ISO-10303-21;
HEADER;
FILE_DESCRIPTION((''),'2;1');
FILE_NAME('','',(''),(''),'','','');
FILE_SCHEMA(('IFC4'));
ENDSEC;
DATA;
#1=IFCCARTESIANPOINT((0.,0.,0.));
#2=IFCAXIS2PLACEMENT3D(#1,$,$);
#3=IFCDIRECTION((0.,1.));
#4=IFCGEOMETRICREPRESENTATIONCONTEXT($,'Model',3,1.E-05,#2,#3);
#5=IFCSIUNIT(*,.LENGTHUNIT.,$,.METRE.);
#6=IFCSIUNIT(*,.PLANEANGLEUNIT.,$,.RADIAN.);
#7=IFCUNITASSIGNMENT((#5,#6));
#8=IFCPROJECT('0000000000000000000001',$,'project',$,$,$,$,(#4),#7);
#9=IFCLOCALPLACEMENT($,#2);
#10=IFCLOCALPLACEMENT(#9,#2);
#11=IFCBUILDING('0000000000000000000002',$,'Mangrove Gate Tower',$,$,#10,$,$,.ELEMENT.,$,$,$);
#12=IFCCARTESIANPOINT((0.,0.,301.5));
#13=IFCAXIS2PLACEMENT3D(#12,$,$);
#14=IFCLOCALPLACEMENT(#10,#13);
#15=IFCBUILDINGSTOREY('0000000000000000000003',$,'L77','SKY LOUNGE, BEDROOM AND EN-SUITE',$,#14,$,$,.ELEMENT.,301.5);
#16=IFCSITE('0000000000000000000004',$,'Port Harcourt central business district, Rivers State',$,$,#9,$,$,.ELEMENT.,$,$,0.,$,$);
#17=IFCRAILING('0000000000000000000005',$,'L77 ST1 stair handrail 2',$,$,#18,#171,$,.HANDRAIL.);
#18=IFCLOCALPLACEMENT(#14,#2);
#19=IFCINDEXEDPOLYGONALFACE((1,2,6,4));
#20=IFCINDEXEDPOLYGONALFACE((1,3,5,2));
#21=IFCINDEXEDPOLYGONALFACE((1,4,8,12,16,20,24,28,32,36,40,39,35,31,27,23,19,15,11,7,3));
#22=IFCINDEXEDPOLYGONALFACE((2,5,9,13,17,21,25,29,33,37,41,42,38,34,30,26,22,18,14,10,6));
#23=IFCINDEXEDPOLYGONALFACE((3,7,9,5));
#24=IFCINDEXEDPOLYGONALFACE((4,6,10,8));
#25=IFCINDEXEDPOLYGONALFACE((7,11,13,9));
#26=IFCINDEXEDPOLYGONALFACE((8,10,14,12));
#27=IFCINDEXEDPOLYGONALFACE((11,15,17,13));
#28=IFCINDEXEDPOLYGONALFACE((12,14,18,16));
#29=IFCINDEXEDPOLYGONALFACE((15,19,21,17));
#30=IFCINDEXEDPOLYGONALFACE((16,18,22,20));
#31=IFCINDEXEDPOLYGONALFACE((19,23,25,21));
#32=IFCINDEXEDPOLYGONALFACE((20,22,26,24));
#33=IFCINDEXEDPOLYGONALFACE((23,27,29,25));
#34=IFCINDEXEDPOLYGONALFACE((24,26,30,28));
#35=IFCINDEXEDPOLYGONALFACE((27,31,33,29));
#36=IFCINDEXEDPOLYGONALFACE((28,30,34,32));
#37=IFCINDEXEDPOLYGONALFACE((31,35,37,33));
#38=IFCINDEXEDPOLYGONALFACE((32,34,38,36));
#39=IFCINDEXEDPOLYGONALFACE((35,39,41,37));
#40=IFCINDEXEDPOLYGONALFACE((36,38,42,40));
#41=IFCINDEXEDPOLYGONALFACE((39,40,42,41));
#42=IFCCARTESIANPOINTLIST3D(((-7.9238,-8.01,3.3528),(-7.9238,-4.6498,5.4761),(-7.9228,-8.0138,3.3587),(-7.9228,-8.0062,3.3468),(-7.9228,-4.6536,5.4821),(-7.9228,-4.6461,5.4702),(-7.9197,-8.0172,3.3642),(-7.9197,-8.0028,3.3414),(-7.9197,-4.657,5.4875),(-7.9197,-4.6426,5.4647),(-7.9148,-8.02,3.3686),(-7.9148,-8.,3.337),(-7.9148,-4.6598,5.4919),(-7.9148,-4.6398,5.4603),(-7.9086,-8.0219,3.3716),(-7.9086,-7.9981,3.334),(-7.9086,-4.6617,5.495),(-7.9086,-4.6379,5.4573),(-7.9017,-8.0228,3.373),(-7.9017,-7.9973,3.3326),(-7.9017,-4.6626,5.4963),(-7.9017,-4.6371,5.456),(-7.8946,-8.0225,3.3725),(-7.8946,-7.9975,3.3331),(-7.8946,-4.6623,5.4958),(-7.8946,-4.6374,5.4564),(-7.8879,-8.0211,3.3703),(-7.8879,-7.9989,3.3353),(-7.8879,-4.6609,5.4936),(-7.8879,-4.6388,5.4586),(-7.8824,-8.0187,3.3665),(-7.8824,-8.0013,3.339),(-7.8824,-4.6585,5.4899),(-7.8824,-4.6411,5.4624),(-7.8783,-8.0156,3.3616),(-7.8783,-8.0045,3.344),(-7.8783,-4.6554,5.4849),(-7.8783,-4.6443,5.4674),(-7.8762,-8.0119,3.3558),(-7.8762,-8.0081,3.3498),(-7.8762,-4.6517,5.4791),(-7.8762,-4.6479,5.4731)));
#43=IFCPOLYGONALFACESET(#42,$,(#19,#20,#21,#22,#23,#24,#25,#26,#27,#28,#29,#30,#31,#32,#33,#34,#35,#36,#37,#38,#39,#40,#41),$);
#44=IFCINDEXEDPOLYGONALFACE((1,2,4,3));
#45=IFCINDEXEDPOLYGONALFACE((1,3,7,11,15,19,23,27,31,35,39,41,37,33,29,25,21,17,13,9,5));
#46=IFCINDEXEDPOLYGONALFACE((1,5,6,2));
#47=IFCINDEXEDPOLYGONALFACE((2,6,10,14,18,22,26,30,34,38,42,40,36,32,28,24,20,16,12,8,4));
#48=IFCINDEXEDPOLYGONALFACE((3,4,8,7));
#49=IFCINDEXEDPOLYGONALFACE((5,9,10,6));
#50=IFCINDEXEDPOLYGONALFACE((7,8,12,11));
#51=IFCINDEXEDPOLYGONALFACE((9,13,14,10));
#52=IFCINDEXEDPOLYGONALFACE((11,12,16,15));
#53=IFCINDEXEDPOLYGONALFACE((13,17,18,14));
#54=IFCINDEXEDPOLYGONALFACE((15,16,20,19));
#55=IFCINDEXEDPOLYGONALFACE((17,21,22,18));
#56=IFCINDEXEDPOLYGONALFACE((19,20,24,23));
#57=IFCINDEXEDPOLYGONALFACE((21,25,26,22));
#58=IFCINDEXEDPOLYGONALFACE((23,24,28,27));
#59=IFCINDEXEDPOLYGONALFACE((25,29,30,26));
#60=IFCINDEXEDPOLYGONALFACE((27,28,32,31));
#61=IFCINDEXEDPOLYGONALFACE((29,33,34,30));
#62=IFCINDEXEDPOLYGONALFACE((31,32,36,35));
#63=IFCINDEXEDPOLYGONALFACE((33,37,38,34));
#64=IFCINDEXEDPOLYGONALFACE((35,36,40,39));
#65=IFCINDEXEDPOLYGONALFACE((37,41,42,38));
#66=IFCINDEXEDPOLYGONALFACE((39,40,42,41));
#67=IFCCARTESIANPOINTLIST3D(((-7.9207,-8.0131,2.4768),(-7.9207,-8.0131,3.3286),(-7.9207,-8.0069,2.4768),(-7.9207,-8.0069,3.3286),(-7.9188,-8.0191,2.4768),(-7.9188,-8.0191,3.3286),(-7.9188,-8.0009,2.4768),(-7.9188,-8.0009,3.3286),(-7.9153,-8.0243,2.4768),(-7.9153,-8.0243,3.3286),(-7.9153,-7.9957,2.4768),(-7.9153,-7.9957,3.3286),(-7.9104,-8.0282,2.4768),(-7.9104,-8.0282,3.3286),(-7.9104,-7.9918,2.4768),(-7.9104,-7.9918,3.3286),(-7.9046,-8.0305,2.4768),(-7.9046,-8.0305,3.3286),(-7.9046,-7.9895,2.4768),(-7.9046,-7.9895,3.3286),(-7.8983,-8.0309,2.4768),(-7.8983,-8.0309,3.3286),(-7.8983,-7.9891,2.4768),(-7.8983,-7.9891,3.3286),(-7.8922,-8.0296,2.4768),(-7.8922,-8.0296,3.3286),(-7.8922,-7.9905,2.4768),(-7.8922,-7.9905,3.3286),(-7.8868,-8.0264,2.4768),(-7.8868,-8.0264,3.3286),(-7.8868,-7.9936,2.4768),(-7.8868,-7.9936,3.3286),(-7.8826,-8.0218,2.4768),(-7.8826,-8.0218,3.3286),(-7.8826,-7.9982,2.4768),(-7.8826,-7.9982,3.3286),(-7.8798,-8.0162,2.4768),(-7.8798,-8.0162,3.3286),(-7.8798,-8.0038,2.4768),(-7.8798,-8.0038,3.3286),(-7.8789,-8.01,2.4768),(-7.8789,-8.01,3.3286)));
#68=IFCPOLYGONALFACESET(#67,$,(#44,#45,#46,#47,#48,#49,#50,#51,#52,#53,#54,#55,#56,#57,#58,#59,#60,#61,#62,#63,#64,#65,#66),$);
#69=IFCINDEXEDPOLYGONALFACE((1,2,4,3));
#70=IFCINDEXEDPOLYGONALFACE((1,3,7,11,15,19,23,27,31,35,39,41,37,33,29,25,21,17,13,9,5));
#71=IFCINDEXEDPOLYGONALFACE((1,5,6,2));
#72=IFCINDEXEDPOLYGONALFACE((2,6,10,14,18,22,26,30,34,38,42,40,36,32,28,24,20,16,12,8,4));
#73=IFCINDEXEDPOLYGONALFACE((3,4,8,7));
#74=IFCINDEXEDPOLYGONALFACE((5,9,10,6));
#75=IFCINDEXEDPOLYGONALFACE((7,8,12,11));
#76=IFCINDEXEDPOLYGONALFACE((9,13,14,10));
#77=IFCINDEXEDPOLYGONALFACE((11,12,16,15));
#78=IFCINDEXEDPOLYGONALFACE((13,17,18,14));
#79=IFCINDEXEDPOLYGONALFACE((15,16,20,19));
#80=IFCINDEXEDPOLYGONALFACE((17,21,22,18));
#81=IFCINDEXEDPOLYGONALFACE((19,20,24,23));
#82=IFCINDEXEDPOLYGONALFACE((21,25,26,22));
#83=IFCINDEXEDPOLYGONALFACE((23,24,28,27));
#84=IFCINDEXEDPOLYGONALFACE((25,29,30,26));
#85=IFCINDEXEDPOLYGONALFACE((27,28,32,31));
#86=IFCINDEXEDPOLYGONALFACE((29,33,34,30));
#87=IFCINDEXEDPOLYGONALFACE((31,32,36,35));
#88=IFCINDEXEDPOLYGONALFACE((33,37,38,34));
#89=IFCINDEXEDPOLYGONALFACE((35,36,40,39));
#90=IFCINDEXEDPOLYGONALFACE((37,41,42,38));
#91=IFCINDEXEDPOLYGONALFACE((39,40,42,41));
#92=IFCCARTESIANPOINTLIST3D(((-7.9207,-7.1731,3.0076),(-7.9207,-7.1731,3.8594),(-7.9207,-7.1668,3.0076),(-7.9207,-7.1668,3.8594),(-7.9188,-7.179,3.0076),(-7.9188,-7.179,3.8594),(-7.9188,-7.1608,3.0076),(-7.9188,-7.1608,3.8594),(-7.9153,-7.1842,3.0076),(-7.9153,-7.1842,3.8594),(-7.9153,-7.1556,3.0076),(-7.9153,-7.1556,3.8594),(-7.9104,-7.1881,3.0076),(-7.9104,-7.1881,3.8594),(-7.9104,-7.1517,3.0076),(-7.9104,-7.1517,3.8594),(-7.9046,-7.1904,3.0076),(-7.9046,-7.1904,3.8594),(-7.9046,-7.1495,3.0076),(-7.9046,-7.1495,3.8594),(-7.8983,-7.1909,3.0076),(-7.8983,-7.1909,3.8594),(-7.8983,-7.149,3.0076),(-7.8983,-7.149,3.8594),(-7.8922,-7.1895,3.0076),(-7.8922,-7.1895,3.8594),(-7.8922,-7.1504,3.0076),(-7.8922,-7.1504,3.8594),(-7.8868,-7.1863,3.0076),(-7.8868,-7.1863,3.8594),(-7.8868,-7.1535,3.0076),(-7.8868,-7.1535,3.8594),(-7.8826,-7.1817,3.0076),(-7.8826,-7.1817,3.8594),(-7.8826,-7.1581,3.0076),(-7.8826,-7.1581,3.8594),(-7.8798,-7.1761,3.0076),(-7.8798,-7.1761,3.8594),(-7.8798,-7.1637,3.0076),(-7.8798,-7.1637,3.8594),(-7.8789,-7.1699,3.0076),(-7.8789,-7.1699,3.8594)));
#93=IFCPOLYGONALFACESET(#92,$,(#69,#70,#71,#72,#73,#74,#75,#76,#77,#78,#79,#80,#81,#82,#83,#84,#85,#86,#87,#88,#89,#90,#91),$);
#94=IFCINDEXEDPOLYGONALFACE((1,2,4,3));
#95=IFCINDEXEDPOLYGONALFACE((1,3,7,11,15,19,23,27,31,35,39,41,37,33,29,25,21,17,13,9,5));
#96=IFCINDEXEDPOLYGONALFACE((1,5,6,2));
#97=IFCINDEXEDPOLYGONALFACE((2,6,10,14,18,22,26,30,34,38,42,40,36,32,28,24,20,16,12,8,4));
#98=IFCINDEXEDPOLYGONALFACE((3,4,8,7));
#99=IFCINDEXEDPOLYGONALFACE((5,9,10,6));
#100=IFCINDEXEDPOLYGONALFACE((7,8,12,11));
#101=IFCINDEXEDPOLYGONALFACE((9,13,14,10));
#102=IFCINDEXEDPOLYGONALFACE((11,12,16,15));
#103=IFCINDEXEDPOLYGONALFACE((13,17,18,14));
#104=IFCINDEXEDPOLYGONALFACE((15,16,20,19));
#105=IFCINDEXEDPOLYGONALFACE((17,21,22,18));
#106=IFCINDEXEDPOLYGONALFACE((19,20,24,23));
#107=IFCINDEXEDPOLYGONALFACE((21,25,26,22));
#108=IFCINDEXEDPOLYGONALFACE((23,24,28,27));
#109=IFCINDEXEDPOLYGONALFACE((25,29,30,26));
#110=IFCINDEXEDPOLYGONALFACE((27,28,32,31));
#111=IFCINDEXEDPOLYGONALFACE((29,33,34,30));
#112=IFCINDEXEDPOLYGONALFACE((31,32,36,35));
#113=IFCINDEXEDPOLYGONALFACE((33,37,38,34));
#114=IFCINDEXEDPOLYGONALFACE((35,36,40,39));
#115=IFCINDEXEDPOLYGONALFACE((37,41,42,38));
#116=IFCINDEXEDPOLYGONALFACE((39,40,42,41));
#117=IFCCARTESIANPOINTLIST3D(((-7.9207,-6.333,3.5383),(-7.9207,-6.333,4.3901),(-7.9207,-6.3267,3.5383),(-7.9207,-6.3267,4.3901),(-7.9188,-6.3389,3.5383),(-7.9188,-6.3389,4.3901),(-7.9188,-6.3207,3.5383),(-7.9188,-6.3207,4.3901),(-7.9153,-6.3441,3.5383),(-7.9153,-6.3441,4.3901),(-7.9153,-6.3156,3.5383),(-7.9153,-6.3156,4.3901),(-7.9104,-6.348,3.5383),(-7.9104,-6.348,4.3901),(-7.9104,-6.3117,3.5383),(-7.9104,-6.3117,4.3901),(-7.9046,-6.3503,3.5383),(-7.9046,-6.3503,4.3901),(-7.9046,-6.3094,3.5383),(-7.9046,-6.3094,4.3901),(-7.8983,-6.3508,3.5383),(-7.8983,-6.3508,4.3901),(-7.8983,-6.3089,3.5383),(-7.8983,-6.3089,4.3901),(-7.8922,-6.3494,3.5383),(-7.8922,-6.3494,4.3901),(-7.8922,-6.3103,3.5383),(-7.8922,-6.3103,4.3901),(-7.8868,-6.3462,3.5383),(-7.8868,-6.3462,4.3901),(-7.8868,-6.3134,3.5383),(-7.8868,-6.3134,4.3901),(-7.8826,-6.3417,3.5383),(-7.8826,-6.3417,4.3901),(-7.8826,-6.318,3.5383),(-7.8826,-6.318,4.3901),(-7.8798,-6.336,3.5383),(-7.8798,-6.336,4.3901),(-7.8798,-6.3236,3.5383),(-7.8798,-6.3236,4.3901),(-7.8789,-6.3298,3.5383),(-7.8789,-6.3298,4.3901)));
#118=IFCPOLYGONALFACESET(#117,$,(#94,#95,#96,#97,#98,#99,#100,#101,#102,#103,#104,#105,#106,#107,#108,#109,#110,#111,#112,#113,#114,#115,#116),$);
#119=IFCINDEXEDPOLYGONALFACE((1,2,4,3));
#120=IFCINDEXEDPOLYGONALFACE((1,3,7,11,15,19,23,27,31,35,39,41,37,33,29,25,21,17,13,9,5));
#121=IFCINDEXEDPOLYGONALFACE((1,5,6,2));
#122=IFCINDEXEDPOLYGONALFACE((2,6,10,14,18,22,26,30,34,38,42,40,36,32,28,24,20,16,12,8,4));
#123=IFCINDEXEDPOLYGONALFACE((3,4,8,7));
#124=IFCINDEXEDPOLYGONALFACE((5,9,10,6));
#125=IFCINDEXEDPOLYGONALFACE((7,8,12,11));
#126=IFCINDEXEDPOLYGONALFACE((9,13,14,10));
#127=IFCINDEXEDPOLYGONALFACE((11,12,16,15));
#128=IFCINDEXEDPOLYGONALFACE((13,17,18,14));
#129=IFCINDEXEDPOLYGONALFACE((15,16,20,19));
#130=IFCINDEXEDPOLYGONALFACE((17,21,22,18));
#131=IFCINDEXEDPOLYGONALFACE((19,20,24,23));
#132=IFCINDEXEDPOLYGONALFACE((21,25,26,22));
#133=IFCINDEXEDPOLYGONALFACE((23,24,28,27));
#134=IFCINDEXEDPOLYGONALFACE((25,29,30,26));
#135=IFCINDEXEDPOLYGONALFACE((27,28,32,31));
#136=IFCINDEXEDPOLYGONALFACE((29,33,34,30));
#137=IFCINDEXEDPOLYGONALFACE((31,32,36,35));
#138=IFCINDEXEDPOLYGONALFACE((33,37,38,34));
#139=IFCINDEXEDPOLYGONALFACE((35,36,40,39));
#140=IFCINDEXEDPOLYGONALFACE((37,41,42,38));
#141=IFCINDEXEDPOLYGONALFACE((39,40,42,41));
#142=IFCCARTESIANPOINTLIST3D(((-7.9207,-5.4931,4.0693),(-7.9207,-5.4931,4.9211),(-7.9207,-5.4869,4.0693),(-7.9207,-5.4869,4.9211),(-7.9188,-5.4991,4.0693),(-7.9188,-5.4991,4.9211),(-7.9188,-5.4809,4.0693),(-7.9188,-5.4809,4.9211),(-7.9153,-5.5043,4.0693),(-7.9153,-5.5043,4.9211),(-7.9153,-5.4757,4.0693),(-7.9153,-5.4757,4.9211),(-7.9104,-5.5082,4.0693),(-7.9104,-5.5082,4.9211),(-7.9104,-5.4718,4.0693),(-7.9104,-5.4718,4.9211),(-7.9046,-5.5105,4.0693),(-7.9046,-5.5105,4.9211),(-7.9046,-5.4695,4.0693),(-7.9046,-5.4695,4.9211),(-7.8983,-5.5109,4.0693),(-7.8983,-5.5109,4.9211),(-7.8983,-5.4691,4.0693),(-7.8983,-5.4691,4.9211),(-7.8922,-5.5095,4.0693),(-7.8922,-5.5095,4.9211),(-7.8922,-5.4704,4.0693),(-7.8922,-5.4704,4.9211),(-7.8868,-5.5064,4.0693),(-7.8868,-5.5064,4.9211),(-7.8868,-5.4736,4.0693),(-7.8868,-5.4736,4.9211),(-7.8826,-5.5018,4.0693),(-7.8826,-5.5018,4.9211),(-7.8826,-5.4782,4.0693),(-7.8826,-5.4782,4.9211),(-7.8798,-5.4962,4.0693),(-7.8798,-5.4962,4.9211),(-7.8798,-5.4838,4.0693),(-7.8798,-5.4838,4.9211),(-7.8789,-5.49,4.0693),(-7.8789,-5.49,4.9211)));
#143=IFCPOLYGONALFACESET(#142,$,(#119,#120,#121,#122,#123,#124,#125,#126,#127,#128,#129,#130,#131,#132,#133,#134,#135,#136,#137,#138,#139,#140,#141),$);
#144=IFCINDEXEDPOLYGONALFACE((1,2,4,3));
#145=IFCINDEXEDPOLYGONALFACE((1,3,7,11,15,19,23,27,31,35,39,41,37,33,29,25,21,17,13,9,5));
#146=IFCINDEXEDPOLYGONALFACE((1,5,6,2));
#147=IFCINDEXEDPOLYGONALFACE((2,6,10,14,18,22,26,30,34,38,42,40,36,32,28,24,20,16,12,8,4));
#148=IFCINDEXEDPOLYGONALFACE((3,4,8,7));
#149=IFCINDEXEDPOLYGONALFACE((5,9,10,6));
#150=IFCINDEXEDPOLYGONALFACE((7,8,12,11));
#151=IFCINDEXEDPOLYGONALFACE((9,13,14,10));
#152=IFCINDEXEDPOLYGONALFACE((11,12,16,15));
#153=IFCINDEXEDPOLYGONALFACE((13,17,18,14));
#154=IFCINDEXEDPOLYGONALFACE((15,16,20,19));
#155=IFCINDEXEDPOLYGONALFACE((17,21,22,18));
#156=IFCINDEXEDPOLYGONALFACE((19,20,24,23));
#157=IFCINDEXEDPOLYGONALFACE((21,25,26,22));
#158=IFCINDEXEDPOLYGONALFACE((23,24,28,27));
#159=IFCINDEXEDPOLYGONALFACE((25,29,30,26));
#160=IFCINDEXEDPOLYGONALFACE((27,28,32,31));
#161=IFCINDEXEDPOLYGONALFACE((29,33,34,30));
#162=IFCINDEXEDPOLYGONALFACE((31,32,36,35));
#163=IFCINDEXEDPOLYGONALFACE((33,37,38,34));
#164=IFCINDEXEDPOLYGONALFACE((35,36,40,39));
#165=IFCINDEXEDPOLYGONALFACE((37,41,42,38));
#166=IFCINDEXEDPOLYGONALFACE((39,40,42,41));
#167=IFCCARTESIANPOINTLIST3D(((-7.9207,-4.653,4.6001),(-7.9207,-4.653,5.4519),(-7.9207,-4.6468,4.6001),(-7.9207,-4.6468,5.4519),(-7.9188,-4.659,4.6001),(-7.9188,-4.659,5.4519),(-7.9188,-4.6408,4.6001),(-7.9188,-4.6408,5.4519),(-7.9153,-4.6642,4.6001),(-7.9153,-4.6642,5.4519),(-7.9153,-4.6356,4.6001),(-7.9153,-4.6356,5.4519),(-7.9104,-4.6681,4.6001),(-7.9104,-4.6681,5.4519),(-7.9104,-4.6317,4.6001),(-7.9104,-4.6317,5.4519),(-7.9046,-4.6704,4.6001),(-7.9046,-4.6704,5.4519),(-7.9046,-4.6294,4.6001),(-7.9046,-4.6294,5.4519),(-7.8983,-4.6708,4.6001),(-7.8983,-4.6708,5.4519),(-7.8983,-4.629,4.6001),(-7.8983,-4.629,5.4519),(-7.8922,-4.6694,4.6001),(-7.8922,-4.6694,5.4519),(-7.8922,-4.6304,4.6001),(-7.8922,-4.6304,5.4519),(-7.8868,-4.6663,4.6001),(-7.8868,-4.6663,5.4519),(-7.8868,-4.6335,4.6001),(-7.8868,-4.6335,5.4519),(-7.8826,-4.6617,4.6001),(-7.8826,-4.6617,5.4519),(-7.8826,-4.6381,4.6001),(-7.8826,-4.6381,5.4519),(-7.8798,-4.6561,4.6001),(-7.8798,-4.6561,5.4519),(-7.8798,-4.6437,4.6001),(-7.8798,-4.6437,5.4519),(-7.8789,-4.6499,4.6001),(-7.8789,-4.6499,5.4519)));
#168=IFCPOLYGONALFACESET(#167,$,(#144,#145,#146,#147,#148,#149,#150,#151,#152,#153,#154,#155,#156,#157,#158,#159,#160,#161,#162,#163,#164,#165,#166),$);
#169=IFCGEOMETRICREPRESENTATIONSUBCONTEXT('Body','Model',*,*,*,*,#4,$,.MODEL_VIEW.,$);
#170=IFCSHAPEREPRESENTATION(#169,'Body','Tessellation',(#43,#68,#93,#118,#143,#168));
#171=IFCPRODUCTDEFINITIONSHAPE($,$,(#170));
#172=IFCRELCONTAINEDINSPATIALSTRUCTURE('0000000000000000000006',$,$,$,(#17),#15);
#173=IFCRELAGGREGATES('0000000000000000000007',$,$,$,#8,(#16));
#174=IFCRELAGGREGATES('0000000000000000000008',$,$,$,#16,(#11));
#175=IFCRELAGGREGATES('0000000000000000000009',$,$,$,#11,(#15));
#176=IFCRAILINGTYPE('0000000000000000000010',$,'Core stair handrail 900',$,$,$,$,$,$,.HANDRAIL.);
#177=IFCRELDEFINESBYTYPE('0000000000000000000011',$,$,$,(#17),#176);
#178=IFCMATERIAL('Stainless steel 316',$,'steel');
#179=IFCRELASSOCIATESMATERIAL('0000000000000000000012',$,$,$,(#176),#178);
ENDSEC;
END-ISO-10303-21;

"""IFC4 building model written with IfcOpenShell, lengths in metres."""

from ifc_helpers import new_model, si_unit, direction, frame, origin, origin_2d, place, context, subcontext, project, spatial, circle, extrude, material, type_object, element, save


model = new_model("IFC4")

# Units and contexts
model_context = context("Model", 3, precision=1e-05, world=origin(), true_north=direction((0.0, 1.0)))
body_context = subcontext(model_context, "Body", "Model", "MODEL_VIEW")
ifc_project = project(units=[si_unit("LENGTHUNIT", "METRE"), si_unit("PLANEANGLEUNIT", "RADIAN")], contexts=[model_context])

# Site, building, storey
site_placement = place(None, origin())
site = spatial("IfcSite", under=ifc_project, at=site_placement, Name="Port Harcourt central business district, Rivers State", CompositionType="ELEMENT", RefElevation=0.0)
building_placement = place(site_placement, origin())
building = spatial("IfcBuilding", under=site, at=building_placement, Name="Mangrove Gate Tower", CompositionType="ELEMENT")
storey_placement = place(building_placement, frame((0.0, 0.0, 301.5)))
storey = spatial("IfcBuildingStorey", under=building, at=storey_placement, Name="L77", Description="SKY LOUNGE, BEDROOM AND EN-SUITE", CompositionType="ELEMENT", Elevation=301.5)

# Railing
ifc_material_1 = material(Name="Stainless steel 316", Category="steel")
railing_type_1 = type_object("IfcRailingType", Name="Core stair handrail 900", PredefinedType="HANDRAIL", material=ifc_material_1)
railing_1_placement = place(storey_placement, frame((-7.8999, -8.01, 2.4768)))
element("IfcRailing", 1, at=railing_1_placement, inside=storey, type_object=railing_type_1, Name="L77 ST1 stair handrail 2", PredefinedType="HANDRAIL", context=body_context, shape_type="SweptSolid", body=[
    extrude(circle(Radius=0.0239, at=origin_2d()), frame((0.0, 0.0, 0.876), z_axis=(0.0, 0.845362, 0.534194), x_axis=(-1.0, 0.0, 0.0)), (0.0, 0.0, 1.0), 3.9749),
    extrude(circle(Radius=0.021, at=origin_2d()), origin(), (0.0, 0.0, 1.0), 0.8518),
    extrude(circle(Radius=0.021, at=origin_2d()), frame((0.0, 0.8401, 0.5308)), (0.0, 0.0, 1.0), 0.8518),
    extrude(circle(Radius=0.021, at=origin_2d()), frame((0.0, 1.6802, 1.0615)), (0.0, 0.0, 1.0), 0.8518),
    extrude(circle(Radius=0.021, at=origin_2d()), frame((0.0, 2.52, 1.5925)), (0.0, 0.0, 1.0), 0.8518),
    extrude(circle(Radius=0.021, at=origin_2d()), frame((0.0, 3.3601, 2.1233)), (0.0, 0.0, 1.0), 0.8518),
])

save(model, "model.ifc")
